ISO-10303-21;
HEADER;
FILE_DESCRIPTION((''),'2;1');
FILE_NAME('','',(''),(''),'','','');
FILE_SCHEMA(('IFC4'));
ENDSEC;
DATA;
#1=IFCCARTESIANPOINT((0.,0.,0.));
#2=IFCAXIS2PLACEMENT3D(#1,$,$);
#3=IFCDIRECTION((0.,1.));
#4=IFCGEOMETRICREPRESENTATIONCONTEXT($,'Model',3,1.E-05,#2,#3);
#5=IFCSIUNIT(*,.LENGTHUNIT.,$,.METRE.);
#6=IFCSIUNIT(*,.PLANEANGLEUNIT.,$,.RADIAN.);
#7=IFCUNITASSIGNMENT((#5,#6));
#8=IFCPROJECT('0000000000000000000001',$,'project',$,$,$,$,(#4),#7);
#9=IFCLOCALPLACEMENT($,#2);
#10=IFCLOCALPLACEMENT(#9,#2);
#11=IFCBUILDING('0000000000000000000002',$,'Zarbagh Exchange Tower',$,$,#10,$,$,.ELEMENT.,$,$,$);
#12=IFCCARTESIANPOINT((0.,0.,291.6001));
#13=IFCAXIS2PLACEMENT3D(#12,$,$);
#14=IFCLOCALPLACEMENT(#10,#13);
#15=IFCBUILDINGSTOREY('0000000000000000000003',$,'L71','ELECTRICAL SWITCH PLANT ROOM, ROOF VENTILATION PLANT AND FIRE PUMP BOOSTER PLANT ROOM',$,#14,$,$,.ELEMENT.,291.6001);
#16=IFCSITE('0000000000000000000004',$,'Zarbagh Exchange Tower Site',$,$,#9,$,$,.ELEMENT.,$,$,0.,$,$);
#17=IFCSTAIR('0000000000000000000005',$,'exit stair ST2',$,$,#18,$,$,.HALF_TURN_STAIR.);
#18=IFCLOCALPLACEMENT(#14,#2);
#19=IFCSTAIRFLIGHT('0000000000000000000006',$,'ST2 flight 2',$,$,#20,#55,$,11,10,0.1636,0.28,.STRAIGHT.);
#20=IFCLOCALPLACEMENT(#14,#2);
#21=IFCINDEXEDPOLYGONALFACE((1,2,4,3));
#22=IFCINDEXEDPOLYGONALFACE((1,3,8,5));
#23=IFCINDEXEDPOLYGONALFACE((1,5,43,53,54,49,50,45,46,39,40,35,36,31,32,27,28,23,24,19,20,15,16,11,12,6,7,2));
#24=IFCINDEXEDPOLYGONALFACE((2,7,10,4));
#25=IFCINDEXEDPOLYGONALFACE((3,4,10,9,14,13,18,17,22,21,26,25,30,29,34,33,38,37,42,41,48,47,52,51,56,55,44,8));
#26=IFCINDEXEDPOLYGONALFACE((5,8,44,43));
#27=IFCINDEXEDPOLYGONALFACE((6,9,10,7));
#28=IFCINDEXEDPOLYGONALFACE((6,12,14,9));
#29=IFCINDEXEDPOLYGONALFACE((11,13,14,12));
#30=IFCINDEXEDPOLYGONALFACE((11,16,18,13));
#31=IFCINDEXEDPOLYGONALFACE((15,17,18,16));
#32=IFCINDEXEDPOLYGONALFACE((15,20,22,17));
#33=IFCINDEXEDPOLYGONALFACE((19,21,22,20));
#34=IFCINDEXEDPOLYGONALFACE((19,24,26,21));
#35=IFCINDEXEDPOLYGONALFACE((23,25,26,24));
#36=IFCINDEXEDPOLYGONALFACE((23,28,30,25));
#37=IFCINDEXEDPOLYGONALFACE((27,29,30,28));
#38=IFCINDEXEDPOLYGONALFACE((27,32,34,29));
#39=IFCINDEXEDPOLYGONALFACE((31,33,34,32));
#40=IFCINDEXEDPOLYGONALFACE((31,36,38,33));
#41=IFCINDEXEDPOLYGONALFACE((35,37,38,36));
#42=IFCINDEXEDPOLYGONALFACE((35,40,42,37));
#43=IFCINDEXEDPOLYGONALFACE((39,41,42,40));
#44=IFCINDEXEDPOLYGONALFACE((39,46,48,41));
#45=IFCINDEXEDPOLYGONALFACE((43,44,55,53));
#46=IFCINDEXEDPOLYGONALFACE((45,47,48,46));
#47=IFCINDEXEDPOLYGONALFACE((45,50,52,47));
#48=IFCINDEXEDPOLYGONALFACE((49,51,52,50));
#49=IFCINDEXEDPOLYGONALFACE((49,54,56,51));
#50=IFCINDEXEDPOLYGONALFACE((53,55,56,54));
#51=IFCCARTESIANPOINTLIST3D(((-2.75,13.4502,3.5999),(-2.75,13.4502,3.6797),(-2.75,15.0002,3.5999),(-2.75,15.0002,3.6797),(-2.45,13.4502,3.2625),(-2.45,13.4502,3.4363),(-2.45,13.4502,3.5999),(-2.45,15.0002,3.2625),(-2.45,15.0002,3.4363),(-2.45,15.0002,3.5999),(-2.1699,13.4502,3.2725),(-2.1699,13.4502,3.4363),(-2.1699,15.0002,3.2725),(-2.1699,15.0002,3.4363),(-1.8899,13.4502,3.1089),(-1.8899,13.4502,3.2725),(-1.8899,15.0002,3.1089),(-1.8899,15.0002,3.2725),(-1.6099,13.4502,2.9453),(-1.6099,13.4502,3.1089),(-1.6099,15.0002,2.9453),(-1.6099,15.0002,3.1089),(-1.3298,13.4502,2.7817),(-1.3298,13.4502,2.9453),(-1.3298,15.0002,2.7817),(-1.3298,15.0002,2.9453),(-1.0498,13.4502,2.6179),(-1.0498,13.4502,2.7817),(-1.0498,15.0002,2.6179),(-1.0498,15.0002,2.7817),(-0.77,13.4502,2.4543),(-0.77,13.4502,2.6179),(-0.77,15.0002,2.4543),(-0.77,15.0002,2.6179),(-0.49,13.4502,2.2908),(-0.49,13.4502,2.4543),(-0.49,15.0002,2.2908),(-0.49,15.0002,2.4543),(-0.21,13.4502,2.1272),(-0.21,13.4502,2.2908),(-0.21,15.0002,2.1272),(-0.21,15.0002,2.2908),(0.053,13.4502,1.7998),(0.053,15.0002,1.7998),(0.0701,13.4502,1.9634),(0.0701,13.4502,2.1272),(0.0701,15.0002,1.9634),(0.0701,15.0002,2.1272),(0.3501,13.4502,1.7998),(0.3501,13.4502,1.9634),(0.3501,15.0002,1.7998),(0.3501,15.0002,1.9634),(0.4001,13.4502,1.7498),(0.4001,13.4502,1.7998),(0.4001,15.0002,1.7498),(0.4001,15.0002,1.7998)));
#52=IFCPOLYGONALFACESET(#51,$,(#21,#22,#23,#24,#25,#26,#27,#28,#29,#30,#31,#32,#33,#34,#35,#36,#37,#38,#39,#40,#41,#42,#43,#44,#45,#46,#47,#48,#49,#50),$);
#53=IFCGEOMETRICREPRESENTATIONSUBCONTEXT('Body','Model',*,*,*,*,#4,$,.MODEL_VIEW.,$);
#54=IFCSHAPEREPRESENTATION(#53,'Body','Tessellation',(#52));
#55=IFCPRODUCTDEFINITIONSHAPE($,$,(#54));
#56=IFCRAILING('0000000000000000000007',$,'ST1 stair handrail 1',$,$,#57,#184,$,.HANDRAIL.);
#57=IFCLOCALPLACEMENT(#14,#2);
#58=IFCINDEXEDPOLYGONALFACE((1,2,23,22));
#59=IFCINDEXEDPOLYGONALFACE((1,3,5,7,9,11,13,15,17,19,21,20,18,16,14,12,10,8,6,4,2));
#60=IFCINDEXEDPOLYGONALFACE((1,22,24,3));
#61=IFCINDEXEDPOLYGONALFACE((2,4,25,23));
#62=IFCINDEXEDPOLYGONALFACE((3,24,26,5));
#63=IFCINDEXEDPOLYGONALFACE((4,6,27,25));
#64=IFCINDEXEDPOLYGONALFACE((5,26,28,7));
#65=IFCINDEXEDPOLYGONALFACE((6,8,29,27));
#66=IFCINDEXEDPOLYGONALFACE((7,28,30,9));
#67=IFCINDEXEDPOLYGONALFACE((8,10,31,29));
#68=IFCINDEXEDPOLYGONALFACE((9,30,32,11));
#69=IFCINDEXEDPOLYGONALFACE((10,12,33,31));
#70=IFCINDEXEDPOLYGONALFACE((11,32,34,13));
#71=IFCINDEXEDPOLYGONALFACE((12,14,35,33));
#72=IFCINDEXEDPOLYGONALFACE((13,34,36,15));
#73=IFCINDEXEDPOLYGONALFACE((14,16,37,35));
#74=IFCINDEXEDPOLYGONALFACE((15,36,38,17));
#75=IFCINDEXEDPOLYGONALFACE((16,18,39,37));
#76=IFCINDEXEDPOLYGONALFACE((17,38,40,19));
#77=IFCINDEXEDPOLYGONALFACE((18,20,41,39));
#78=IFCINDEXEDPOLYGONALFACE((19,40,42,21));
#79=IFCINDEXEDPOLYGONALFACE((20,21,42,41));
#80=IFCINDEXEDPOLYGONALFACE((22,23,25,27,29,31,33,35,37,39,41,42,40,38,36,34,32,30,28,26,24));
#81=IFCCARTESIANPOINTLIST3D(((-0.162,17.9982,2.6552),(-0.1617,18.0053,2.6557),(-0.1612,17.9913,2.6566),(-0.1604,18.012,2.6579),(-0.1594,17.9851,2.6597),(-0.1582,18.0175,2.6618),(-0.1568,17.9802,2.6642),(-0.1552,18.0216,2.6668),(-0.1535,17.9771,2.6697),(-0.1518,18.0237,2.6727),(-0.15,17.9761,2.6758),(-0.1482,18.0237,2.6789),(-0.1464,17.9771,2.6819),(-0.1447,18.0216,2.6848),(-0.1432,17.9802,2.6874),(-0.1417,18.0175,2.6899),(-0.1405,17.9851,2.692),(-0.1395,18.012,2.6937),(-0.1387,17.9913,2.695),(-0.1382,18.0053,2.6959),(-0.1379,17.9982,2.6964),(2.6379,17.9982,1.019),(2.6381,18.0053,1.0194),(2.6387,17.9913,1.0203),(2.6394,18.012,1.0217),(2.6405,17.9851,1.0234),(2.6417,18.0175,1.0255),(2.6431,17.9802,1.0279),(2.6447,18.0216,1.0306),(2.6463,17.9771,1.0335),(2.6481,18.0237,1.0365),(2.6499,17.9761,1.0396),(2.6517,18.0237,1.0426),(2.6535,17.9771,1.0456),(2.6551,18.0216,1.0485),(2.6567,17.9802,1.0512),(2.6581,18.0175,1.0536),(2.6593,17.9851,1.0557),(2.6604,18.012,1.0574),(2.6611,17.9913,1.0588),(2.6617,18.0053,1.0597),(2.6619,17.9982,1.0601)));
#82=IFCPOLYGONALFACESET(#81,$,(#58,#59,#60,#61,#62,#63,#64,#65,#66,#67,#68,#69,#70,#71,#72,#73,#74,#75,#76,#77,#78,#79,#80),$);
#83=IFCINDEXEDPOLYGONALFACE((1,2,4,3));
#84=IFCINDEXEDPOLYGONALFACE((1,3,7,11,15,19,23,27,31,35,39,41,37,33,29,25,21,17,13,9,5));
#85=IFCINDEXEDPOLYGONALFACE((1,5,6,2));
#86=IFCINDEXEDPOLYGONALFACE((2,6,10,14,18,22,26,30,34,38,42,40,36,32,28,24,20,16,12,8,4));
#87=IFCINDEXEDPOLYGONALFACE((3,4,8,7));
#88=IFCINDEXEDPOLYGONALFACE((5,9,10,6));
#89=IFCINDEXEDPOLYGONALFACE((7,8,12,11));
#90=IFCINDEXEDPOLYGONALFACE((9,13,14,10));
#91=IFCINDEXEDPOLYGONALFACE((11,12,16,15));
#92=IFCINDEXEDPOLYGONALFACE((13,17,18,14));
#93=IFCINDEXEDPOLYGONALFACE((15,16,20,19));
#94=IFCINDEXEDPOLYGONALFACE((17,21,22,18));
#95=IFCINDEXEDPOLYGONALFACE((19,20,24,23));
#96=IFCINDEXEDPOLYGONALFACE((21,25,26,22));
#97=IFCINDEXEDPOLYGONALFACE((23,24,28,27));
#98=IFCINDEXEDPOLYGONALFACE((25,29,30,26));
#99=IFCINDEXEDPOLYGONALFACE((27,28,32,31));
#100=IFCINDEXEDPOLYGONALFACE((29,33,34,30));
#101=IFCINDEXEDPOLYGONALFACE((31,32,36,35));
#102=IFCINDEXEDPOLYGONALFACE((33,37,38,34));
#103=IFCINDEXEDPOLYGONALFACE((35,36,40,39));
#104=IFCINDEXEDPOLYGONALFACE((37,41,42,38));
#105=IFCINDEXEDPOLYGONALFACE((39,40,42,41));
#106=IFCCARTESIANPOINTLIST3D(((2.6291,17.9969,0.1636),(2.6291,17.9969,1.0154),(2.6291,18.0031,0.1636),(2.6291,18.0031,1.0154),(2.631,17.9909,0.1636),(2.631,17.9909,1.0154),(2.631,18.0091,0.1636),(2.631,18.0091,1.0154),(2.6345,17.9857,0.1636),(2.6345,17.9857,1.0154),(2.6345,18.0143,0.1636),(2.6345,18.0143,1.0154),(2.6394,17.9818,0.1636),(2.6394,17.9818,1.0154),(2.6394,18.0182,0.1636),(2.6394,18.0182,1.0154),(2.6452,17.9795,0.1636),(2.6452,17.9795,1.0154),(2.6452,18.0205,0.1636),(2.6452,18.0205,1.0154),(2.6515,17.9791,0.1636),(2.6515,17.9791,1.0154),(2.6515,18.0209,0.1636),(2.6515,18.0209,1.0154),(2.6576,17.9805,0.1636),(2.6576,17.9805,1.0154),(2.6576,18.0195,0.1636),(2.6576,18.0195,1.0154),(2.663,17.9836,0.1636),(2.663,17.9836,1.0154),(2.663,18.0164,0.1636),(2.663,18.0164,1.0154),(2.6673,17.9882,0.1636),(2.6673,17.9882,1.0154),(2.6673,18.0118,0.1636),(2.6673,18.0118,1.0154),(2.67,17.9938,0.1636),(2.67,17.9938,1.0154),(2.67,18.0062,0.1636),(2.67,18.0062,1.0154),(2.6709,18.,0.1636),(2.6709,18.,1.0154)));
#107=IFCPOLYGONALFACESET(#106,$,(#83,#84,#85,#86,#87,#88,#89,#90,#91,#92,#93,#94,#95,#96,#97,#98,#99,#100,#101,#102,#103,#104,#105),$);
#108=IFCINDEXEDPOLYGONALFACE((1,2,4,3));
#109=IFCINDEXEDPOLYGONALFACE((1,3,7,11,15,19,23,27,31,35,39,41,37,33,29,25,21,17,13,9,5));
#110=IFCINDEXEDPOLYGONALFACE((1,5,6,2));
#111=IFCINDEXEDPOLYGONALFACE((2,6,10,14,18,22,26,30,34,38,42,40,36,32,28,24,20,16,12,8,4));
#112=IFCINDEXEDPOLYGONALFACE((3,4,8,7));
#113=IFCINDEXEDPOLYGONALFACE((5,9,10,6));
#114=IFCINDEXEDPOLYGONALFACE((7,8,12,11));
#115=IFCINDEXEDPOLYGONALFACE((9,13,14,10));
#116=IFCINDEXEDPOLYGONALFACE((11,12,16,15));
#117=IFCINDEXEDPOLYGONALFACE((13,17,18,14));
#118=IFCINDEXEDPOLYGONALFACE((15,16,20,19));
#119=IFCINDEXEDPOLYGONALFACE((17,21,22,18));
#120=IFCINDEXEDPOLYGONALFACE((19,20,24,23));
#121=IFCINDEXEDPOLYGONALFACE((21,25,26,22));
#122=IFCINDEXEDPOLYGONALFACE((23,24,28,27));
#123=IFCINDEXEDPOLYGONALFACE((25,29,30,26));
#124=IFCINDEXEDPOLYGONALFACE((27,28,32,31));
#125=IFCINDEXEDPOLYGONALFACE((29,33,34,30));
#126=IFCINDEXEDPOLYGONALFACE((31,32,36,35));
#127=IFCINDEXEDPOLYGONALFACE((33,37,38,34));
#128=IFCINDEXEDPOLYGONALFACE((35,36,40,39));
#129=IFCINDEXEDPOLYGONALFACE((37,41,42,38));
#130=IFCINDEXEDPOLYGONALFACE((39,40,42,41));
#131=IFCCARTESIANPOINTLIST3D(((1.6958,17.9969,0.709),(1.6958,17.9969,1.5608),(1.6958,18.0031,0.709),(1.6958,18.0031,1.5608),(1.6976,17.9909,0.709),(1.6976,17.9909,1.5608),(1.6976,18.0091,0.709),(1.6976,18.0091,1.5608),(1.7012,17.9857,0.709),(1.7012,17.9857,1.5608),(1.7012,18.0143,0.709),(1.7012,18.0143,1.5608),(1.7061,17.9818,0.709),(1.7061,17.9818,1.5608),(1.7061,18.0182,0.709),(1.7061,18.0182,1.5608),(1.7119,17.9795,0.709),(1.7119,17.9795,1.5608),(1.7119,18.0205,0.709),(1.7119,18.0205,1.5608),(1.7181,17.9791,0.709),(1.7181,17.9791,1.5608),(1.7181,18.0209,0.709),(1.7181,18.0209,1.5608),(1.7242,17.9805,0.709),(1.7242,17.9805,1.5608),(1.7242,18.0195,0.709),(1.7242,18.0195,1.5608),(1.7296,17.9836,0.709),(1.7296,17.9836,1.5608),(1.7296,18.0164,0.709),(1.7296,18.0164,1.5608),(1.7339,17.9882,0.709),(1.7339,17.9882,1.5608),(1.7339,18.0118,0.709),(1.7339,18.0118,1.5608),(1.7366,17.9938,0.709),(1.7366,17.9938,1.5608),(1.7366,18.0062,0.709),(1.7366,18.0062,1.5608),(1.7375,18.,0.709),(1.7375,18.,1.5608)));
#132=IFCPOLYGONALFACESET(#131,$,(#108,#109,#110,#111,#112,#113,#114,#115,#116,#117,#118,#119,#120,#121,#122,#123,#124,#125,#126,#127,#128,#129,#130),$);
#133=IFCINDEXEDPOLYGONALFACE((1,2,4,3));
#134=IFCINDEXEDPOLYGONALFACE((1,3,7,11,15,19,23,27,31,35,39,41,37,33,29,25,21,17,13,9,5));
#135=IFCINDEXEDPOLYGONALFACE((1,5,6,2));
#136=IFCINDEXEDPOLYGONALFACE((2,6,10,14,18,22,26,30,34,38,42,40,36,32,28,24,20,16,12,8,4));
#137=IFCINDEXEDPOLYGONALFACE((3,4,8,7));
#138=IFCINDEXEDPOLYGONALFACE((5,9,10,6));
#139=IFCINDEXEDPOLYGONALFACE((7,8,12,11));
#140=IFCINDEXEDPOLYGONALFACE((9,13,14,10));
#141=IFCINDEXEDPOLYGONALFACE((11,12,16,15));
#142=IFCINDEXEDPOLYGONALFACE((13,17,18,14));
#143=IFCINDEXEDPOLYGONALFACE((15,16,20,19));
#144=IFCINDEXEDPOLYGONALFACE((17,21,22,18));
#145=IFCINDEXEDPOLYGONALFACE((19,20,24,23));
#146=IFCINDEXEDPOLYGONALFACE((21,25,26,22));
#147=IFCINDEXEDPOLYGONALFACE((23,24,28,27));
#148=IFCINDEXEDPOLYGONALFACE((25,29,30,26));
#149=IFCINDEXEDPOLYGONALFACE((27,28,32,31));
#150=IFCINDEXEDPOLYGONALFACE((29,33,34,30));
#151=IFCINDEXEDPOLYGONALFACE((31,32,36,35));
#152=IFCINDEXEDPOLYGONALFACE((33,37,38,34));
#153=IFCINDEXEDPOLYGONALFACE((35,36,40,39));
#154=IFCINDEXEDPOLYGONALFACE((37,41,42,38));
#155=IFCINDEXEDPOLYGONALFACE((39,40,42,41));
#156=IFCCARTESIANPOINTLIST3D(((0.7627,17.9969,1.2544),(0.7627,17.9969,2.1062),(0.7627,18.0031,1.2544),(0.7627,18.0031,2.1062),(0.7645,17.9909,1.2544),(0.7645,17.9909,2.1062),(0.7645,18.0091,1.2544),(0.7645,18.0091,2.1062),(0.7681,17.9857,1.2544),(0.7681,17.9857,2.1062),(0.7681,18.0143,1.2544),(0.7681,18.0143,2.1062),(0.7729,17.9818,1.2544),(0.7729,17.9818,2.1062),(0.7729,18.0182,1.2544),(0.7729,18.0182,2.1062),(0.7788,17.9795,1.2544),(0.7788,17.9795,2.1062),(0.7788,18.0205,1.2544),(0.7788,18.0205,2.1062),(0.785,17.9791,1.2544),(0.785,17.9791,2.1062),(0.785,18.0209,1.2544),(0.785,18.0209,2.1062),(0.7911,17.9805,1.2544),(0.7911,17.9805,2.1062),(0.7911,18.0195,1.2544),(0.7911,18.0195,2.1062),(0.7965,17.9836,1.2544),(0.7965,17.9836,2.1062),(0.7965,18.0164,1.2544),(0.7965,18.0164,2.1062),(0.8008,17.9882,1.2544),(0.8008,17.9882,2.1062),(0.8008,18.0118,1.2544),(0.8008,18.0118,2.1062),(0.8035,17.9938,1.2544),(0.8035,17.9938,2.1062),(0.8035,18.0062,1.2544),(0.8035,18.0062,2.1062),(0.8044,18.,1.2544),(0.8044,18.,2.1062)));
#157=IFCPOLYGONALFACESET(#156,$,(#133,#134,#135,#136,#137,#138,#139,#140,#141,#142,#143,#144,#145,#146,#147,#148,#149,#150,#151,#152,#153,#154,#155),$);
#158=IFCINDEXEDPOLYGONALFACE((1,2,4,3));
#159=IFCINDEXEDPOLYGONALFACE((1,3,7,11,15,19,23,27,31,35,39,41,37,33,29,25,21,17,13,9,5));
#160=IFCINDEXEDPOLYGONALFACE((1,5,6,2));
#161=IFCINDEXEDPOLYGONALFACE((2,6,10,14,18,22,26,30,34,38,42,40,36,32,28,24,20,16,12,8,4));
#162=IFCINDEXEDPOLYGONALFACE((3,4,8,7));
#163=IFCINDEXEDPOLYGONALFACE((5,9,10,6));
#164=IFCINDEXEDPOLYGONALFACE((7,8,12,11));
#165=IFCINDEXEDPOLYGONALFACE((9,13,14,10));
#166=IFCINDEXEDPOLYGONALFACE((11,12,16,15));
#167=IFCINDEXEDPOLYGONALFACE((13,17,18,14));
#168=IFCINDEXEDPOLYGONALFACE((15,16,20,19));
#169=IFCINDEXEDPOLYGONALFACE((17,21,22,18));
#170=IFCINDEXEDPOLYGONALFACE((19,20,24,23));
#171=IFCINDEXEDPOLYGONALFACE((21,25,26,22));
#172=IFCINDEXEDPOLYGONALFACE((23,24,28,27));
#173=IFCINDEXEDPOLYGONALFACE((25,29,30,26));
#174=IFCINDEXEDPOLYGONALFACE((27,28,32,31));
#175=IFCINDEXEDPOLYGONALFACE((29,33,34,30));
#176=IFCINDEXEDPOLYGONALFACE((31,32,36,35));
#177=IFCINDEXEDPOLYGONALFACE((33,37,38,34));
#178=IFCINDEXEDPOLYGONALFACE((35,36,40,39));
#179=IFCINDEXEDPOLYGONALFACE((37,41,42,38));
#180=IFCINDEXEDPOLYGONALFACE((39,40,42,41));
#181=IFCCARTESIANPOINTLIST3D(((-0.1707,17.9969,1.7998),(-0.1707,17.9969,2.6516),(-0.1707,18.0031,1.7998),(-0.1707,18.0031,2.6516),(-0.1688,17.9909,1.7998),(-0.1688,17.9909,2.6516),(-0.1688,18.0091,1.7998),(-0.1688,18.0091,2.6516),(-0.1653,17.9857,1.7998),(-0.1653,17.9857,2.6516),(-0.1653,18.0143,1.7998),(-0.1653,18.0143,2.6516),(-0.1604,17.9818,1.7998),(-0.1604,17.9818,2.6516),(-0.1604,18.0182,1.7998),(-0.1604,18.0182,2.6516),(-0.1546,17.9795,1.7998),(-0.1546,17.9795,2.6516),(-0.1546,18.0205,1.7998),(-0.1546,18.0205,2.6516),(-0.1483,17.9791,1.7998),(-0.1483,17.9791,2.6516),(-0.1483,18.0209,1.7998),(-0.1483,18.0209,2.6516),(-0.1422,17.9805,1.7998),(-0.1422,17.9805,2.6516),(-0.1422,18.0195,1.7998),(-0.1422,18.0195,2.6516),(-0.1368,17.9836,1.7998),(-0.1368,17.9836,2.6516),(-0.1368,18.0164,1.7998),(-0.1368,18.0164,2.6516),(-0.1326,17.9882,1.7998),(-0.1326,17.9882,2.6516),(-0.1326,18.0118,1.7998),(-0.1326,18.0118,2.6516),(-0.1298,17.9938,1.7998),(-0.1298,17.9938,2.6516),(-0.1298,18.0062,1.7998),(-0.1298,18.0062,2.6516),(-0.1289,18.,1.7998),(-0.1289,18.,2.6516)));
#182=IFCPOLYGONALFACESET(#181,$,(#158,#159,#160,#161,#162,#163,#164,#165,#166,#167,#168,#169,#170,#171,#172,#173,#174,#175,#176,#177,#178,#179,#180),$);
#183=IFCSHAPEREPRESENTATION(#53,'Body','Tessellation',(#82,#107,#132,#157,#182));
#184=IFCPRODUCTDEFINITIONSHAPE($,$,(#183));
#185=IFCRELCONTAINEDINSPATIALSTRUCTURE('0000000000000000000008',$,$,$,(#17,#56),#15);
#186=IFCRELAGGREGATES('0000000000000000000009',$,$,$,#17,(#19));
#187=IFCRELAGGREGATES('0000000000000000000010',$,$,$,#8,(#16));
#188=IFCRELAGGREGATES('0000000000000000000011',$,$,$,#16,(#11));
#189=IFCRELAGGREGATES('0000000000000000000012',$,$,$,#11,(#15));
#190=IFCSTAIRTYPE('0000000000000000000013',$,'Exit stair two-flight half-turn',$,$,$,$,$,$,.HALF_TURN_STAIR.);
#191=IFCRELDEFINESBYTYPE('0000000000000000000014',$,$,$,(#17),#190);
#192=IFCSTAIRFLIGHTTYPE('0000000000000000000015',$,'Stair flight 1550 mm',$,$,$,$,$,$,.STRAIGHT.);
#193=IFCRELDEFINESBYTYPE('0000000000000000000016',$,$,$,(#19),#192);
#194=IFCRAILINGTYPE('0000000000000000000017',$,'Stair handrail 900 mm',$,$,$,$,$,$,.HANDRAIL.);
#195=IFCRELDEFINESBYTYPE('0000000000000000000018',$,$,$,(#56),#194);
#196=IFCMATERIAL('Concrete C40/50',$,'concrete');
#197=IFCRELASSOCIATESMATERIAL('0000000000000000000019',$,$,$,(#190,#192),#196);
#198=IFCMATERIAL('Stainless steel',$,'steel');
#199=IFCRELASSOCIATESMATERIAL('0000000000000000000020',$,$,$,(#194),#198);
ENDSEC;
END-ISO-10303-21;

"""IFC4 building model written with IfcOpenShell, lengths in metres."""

from ifc_helpers import new_model, si_unit, direction, frame, origin, origin_2d, place, context, subcontext, project, spatial, polyline, circle, outline, extrude, material, type_object, element, aggregate, save


model = new_model("IFC4")

# Units and contexts
model_context = context("Model", 3, precision=1e-05, world=origin(), true_north=direction((0.0, 1.0)))
body_context = subcontext(model_context, "Body", "Model", "MODEL_VIEW")
ifc_project = project(units=[si_unit("LENGTHUNIT", "METRE"), si_unit("PLANEANGLEUNIT", "RADIAN")], contexts=[model_context])

# Site, building, storey
site_placement = place(None, origin())
site = spatial("IfcSite", under=ifc_project, at=site_placement, Name="Zarbagh Exchange Tower Site", CompositionType="ELEMENT", RefElevation=0.0)
building_placement = place(site_placement, origin())
building = spatial("IfcBuilding", under=site, at=building_placement, Name="Zarbagh Exchange Tower", CompositionType="ELEMENT")
storey_placement = place(building_placement, frame((0.0, 0.0, 291.6001)))
storey = spatial("IfcBuildingStorey", under=building, at=storey_placement, Name="L71", Description="ELECTRICAL SWITCH PLANT ROOM, ROOF VENTILATION PLANT AND FIRE PUMP BOOSTER PLANT ROOM", CompositionType="ELEMENT", Elevation=291.6001)

# Shared definitions
ifc_material_1 = material(Name="Concrete C40/50", Category="concrete")

# Shared definitions
ifc_material_2 = material(Name="Stainless steel", Category="steel")

# Stair, stair flight
stair_type = type_object("IfcStairType", Name="Exit stair two-flight half-turn", PredefinedType="HALF_TURN_STAIR", material=ifc_material_1)
stair_1_placement = place(storey_placement, origin())
stair_1 = element("IfcStair", 1, at=stair_1_placement, inside=storey, type_object=stair_type, Name="exit stair ST2", PredefinedType="HALF_TURN_STAIR")
stair_flight_type_1 = type_object("IfcStairFlightType", Name="Stair flight 1550 mm", PredefinedType="STRAIGHT", material=ifc_material_1)
stair_flight_1_placement = place(storey_placement, frame((0.3501, 14.2251, 1.7998), z_axis=(0.0, 0.0, 1.0), x_axis=(-1.0, 0.0, 0.0)))
stair_flight_1 = element("IfcStairFlight", 2, at=stair_flight_1_placement, type_object=stair_flight_type_1, Name="ST2 flight 2", NumberOfRisers=11, NumberOfTreads=10, PredefinedType="STRAIGHT", RiserHeight=0.1636, TreadLength=0.28, context=body_context, shape_type="SweptSolid", body=[
    extrude(outline(polyline([(-0.05, -0.05), (-0.05, 0.0), (0.0, 0.0), (0.0, 0.1636), (0.28, 0.1636), (0.28, 0.3274), (0.5601, 0.3274), (0.5601, 0.491), (0.8401, 0.491), (0.8401, 0.6545), (1.1201, 0.6545), (1.1201, 0.8181), (1.3999, 0.8181), (1.3999, 0.9819), (1.6799, 0.9819), (1.6799, 1.1455), (1.96, 1.1455), (1.96, 1.3091), (2.24, 1.3091), (2.24, 1.4727), (2.52, 1.4727), (2.52, 1.6365), (2.8, 1.6365), (2.8, 1.8), (3.1001, 1.8799), (3.1001, 1.8), (2.8, 1.4626), (0.2971, 0.0), (-0.05, -0.05)])), frame((0.0, 0.7749, 0.0), z_axis=(0.0, -1.0, 0.0), x_axis=(1.0, 0.0, 0.0)), (0.0, 0.0, 1.0), 1.55),
])
aggregate(stair_1, [stair_flight_1])

# Railing
railing_type_1 = type_object("IfcRailingType", Name="Stair handrail 900 mm", PredefinedType="HANDRAIL", material=ifc_material_2)
railing_1_placement = place(storey_placement, frame((2.6499, 18.0, 0.1636)))
element("IfcRailing", 3, at=railing_1_placement, inside=storey, type_object=railing_type_1, Name="ST1 stair handrail 1", PredefinedType="HANDRAIL", context=body_context, shape_type="SweptSolid", body=[
    extrude(circle(Radius=0.0239, at=origin_2d()), frame((0.0, 0.0, 0.876), z_axis=(-0.863374, 0.0, 0.504564), x_axis=(0.0, -1.0, 0.0)), (0.0, 0.0, 1.0), 3.2429),
    extrude(circle(Radius=0.021, at=origin_2d()), origin(), (0.0, 0.0, 1.0), 0.8518),
    extrude(circle(Radius=0.021, at=origin_2d()), frame((-0.9333, 0.0, 0.5454)), (0.0, 0.0, 1.0), 0.8518),
    extrude(circle(Radius=0.021, at=origin_2d()), frame((-1.8665, 0.0, 1.0908)), (0.0, 0.0, 1.0), 0.8518),
    extrude(circle(Radius=0.021, at=origin_2d()), frame((-2.7998, 0.0, 1.6362)), (0.0, 0.0, 1.0), 0.8518),
])

save(model, "model.ifc")
